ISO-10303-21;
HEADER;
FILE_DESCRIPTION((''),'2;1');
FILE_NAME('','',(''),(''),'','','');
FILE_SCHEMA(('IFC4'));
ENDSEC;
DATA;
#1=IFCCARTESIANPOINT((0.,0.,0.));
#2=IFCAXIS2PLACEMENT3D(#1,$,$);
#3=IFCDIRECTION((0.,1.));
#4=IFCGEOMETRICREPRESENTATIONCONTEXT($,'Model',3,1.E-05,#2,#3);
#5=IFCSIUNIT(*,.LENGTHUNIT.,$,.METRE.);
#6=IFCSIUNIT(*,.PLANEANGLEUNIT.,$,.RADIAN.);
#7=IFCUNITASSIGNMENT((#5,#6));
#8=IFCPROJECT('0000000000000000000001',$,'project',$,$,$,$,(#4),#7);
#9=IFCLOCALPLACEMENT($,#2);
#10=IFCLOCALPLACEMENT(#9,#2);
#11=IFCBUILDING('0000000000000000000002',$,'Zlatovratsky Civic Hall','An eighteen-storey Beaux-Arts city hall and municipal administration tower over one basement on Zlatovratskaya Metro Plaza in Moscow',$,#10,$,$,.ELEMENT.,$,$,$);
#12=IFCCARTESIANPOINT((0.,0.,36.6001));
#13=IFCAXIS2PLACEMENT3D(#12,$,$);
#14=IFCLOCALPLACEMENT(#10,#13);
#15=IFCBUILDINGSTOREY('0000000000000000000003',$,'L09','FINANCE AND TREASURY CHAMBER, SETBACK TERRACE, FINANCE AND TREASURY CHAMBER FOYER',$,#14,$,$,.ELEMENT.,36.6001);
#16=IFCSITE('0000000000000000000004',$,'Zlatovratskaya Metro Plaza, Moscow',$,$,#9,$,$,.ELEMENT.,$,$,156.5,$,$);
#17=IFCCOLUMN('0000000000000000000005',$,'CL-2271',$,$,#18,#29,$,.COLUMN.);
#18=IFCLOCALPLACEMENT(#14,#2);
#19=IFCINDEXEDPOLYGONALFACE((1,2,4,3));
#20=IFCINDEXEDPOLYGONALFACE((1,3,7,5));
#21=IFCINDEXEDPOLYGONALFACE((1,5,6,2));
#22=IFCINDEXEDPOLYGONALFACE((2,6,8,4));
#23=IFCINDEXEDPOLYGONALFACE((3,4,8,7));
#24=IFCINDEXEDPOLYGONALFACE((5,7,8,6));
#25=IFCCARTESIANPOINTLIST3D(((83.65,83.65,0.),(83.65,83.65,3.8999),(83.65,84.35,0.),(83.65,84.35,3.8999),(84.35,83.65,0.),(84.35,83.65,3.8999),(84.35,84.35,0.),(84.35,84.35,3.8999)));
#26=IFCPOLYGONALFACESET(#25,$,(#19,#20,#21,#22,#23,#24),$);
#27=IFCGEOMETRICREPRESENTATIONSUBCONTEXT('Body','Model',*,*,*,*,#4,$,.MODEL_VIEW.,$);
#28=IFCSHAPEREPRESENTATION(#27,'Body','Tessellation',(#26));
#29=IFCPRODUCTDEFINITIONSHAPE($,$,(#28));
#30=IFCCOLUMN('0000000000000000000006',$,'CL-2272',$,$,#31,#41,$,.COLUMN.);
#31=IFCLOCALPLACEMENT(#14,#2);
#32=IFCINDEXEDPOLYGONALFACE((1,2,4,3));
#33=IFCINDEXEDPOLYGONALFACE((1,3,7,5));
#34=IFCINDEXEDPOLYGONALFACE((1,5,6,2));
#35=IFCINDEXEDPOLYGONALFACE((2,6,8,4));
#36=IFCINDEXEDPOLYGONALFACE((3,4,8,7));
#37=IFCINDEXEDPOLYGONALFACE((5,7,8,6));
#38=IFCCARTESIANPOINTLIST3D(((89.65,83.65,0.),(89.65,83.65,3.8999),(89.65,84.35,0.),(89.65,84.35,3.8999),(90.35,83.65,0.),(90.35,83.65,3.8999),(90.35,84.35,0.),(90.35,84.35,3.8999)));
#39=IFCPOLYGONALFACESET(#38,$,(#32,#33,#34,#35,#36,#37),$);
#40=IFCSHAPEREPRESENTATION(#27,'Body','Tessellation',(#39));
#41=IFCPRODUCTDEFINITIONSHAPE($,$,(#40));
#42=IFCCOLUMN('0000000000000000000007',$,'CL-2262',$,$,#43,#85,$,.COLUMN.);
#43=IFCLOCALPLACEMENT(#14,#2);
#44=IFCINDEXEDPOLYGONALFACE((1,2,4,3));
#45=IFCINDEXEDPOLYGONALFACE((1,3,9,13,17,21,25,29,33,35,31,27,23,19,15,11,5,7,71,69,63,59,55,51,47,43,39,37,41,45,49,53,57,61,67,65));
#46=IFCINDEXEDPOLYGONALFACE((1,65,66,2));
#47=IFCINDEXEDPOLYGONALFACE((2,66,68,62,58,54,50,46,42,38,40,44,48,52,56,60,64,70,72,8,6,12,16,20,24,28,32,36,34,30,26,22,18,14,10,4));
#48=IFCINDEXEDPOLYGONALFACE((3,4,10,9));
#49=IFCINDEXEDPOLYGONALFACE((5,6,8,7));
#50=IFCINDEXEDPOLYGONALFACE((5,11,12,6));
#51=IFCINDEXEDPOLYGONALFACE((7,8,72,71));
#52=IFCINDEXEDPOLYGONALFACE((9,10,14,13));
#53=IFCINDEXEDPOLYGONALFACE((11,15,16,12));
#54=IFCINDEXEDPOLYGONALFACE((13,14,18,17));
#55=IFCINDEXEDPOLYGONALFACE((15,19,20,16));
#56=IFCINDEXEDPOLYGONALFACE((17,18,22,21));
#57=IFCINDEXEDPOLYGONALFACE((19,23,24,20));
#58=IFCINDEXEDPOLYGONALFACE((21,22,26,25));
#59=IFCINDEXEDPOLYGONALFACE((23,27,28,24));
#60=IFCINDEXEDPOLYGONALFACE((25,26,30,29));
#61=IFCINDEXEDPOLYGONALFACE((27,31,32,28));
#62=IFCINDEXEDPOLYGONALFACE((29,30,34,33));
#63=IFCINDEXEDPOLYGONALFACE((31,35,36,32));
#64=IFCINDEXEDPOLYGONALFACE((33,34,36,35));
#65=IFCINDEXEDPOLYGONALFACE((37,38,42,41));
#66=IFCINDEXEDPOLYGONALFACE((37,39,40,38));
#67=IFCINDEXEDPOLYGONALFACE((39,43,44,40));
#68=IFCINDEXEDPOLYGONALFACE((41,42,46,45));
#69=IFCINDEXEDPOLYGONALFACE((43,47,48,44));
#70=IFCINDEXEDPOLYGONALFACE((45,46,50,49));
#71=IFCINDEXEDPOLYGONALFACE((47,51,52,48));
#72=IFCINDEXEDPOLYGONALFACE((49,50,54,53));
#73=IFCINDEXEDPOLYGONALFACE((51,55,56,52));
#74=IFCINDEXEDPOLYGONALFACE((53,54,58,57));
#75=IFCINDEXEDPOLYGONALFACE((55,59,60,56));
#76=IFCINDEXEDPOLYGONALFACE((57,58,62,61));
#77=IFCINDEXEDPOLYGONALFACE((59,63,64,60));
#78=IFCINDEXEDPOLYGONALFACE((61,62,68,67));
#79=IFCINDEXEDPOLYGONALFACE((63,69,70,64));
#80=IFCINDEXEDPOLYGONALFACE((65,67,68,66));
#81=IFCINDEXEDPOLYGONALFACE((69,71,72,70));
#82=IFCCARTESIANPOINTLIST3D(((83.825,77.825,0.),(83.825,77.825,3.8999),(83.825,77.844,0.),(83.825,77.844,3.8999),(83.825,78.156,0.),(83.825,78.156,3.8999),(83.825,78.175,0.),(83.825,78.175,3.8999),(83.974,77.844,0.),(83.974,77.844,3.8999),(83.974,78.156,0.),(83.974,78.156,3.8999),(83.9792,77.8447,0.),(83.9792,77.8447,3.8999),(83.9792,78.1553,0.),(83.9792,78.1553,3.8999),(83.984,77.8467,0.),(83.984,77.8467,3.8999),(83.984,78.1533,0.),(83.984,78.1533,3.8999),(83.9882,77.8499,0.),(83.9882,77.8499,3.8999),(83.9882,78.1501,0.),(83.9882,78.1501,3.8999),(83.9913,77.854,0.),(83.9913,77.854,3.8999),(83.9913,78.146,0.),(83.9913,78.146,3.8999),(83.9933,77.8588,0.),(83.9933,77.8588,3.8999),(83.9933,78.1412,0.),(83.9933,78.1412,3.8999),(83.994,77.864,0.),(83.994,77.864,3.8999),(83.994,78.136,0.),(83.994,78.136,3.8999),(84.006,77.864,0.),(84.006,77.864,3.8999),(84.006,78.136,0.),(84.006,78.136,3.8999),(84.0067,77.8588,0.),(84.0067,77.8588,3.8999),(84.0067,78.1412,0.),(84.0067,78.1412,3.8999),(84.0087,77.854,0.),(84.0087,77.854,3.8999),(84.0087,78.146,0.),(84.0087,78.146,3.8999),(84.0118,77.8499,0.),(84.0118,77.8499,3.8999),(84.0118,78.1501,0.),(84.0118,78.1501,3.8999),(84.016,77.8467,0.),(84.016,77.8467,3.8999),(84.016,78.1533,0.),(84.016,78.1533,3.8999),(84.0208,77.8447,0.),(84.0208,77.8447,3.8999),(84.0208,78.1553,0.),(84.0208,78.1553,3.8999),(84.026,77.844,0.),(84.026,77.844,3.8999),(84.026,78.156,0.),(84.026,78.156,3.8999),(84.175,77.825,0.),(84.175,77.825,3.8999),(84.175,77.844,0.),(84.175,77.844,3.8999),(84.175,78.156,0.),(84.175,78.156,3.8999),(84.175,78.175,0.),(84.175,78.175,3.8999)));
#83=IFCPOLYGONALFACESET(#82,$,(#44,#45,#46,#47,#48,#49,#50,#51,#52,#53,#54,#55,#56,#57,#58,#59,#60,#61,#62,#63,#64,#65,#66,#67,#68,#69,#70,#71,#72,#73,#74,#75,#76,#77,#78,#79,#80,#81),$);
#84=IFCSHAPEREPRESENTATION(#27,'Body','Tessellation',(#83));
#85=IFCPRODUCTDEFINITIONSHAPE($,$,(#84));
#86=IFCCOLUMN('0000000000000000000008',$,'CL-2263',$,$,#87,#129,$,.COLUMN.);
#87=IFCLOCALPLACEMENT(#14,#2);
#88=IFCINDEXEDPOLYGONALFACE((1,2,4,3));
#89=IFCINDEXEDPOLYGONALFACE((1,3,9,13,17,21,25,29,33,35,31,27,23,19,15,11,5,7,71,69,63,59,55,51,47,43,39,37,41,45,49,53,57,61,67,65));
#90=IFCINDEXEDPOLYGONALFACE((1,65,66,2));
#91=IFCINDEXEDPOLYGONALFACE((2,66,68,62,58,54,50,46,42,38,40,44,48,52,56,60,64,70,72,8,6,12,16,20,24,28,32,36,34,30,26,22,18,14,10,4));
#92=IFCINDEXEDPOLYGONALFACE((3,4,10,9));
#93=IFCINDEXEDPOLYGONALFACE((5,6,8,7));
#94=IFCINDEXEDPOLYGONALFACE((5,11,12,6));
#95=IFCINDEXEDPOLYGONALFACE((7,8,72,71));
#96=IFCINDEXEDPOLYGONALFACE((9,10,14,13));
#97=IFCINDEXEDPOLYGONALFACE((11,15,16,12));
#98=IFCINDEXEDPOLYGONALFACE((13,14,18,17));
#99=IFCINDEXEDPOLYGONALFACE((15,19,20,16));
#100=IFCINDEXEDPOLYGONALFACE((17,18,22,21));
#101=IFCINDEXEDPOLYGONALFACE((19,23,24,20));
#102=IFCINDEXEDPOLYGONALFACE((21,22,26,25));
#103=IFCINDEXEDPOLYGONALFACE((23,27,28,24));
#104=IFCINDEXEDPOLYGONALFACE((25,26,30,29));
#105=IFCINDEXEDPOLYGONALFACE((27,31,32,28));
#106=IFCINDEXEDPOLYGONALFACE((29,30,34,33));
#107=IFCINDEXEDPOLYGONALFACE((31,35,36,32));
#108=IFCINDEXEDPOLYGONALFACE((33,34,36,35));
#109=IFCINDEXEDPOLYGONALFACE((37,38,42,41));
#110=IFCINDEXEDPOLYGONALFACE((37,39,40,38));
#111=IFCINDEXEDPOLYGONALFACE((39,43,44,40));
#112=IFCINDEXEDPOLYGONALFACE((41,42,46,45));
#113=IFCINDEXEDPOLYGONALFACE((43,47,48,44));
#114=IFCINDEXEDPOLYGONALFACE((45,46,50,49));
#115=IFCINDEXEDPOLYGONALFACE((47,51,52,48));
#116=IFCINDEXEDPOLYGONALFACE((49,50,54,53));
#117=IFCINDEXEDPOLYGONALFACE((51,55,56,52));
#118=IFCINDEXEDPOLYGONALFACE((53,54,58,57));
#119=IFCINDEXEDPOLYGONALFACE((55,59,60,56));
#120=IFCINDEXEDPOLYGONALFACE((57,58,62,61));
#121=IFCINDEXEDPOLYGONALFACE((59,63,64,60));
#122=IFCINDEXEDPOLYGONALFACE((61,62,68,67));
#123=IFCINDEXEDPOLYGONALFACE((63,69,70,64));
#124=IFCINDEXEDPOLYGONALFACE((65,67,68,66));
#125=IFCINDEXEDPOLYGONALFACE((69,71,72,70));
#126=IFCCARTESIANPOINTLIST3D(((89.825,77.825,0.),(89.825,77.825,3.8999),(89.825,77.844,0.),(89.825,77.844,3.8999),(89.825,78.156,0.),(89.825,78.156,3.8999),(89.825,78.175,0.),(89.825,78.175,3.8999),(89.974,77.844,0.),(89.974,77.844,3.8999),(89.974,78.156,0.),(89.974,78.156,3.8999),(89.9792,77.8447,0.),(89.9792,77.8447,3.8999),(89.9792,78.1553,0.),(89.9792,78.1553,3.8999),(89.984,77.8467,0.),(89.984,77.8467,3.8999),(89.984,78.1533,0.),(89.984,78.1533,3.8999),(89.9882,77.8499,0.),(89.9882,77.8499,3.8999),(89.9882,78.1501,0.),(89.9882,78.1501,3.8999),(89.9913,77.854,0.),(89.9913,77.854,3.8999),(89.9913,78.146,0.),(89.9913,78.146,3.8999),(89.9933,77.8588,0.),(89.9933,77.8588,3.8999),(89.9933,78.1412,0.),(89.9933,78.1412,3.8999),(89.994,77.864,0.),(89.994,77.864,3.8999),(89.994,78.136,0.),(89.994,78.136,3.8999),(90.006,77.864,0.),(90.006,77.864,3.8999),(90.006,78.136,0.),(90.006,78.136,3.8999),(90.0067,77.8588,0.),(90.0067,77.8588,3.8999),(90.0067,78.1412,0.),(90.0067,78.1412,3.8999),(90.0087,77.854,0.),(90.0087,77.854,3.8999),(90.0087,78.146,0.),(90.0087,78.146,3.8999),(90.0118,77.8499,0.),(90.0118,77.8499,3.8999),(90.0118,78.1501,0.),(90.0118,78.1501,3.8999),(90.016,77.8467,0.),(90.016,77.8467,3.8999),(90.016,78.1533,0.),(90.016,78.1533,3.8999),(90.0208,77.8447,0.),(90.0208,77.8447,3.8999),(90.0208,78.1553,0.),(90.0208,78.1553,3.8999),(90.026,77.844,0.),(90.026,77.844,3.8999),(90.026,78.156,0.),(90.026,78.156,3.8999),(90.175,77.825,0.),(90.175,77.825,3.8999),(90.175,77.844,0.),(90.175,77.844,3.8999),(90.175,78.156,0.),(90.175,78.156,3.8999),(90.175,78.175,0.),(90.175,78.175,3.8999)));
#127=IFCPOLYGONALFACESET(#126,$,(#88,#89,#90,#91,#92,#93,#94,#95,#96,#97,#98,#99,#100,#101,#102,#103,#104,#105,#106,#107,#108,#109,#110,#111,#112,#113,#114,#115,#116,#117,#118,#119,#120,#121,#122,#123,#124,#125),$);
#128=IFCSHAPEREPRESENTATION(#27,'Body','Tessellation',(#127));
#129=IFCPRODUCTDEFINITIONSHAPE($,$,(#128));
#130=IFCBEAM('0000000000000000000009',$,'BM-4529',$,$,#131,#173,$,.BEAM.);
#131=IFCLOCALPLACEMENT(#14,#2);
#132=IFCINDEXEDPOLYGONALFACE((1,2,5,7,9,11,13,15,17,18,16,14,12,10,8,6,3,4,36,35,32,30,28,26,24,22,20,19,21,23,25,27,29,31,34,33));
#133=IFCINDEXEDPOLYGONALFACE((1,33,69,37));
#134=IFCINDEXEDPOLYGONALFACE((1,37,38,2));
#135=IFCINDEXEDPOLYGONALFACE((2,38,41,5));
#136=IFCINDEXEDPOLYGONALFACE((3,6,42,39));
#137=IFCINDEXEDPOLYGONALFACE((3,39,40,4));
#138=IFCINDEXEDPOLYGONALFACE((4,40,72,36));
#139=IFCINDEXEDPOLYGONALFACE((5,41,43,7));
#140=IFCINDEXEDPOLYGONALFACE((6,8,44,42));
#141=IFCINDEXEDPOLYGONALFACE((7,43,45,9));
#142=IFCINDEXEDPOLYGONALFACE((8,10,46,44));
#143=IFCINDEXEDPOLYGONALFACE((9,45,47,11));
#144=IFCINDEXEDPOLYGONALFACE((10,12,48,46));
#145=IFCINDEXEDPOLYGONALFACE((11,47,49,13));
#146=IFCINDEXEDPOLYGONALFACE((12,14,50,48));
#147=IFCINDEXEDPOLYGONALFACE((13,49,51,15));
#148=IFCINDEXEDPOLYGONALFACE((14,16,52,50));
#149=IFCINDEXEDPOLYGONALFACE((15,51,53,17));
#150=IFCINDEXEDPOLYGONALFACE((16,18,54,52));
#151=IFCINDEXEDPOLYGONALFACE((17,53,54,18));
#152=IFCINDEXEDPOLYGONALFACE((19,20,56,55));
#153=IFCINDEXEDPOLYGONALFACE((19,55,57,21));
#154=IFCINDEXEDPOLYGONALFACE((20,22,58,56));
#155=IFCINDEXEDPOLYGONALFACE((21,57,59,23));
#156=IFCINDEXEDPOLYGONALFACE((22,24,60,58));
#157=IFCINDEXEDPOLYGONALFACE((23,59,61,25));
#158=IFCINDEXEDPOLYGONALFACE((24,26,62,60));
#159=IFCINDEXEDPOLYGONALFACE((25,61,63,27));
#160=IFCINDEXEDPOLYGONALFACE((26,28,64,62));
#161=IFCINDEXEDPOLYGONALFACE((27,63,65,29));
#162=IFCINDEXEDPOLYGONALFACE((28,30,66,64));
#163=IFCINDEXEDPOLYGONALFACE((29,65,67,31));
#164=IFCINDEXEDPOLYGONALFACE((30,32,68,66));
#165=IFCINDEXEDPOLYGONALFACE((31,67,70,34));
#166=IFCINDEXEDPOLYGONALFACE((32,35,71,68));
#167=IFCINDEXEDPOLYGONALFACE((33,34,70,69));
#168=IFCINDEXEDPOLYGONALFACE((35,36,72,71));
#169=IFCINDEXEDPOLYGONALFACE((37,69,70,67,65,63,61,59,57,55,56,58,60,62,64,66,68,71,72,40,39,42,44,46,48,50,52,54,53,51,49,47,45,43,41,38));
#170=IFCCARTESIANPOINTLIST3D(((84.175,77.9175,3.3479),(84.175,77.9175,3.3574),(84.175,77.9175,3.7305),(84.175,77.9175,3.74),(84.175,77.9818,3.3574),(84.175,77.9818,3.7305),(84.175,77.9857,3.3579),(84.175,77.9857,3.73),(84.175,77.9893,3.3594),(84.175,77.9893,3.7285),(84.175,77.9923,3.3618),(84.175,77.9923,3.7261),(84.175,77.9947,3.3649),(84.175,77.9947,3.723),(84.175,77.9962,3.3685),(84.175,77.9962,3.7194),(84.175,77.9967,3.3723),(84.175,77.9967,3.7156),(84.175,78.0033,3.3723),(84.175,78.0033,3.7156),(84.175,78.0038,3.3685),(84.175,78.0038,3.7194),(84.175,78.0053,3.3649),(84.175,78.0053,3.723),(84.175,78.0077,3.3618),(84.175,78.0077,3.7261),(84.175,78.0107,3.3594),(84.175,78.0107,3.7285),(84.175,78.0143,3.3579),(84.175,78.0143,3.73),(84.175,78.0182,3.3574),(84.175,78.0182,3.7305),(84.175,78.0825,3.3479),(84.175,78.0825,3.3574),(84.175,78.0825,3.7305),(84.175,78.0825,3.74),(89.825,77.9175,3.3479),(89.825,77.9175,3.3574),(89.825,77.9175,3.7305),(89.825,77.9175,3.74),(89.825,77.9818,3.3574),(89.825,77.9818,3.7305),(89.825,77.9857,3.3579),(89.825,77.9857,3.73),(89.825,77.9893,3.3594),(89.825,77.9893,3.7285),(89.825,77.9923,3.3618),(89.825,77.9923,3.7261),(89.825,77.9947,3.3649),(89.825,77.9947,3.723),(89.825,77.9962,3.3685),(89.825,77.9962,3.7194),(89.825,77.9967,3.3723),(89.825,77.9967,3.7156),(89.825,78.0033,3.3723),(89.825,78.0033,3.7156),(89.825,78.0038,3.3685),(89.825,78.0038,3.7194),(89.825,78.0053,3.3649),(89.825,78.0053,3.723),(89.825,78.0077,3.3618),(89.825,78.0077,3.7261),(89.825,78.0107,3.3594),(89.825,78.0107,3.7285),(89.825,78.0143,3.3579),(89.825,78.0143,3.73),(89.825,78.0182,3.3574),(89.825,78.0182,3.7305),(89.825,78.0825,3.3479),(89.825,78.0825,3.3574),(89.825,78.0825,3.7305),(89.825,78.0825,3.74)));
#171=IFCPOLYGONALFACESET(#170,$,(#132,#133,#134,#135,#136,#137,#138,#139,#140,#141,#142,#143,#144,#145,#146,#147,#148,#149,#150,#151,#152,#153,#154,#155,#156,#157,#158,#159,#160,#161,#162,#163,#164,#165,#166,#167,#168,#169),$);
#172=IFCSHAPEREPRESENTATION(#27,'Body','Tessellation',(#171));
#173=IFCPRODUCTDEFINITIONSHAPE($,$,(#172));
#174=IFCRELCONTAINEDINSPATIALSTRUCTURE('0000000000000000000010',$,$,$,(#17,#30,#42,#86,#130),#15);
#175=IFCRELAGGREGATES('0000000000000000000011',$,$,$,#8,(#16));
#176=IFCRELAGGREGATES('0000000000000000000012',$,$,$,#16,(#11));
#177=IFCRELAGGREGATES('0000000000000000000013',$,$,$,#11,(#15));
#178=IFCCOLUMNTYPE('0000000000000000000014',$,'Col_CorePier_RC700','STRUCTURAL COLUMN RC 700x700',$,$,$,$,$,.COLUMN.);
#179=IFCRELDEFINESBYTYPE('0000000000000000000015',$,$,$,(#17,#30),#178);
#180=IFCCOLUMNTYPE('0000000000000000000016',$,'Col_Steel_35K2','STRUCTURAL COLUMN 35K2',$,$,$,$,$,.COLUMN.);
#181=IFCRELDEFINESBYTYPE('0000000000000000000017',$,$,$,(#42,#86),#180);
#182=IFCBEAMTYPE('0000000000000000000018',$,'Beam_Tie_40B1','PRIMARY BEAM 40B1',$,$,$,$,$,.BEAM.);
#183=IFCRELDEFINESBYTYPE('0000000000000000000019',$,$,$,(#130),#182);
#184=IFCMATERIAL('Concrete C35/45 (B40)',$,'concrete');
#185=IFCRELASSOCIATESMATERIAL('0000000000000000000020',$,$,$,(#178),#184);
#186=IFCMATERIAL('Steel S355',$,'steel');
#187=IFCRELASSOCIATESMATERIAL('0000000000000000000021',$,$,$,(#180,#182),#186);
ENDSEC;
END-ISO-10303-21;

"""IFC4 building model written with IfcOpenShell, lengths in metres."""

from ifc_helpers import new_model, si_unit, direction, frame, origin, origin_2d, place, context, subcontext, project, spatial, rectangle, i_section, extrude, material, material_profile, profile_set, type_object, element, save


model = new_model("IFC4")

# Units and contexts
model_context = context("Model", 3, precision=1e-05, world=origin(), true_north=direction((0.0, 1.0)))
body_context = subcontext(model_context, "Body", "Model", "MODEL_VIEW")
ifc_project = project(units=[si_unit("LENGTHUNIT", "METRE"), si_unit("PLANEANGLEUNIT", "RADIAN")], contexts=[model_context])

# Site, building, storey
site_placement = place(None, origin())
site = spatial("IfcSite", under=ifc_project, at=site_placement, Name="Zlatovratskaya Metro Plaza, Moscow", CompositionType="ELEMENT", RefElevation=156.5)
building_placement = place(site_placement, origin())
building = spatial("IfcBuilding", under=site, at=building_placement, Name="Zlatovratsky Civic Hall", Description="An eighteen-storey Beaux-Arts city hall and municipal administration tower over one basement on Zlatovratskaya Metro Plaza in Moscow", CompositionType="ELEMENT")
storey_placement = place(building_placement, frame((0.0, 0.0, 36.6001)))
storey = spatial("IfcBuildingStorey", under=building, at=storey_placement, Name="L09", Description="FINANCE AND TREASURY CHAMBER, SETBACK TERRACE, FINANCE AND TREASURY CHAMBER FOYER", CompositionType="ELEMENT", Elevation=36.6001)

# Columns
ifc_material_1 = material(Name="Concrete C35/45 (B40)", Category="concrete")
ifc_material_profile_1 = material_profile(ifc_material_1, rectangle(XDim=0.7, YDim=0.7, at=origin_2d()), Name="RC 700x700")
ifc_profile_set_1 = profile_set([ifc_material_profile_1], Name="Concrete C35/45 (B40)")
column_type_1 = type_object("IfcColumnType", Name="Col_CorePier_RC700", Description="STRUCTURAL COLUMN RC 700x700", PredefinedType="COLUMN", material=ifc_profile_set_1)
for number, where, z_axis, x_axis, name in (
    (1, (84.0, 84.0, 0.0), (0.0, 0.0, 1.0), (1.0, 0.0, 0.0), "CL-2271"),
    (2, (90.0, 84.0, 0.0), (0.0, 0.0, 1.0), (1.0, 0.0, 0.0), "CL-2272"),
):
    element("IfcColumn", number, at=place(storey_placement, frame(where, z_axis=z_axis, x_axis=x_axis)), inside=storey, type_object=column_type_1, Name=name, PredefinedType="COLUMN", context=body_context, shape_type="SweptSolid", body=[
        extrude(rectangle(XDim=0.7, YDim=0.7, at=origin_2d()), origin(), (0.0, 0.0, 1.0), 3.8999),
    ])
ifc_material_2 = material(Name="Steel S355", Category="steel")
ifc_material_profile_2 = material_profile(ifc_material_2, i_section(OverallWidth=0.3501, OverallDepth=0.3501, WebThickness=0.012, FlangeThickness=0.019, FilletRadius=0.02, at=origin_2d()), Name="35K2")
ifc_profile_set_2 = profile_set([ifc_material_profile_2], Name="Steel S355")
column_type_2 = type_object("IfcColumnType", Name="Col_Steel_35K2", Description="STRUCTURAL COLUMN 35K2", PredefinedType="COLUMN", material=ifc_profile_set_2)
for number, where, z_axis, x_axis, name in (
    (3, (84.0, 78.0, 0.0), (0.0, 0.0, 1.0), (1.0, 0.0, 0.0), "CL-2262"),
    (4, (90.0, 78.0, 0.0), (0.0, 0.0, 1.0), (1.0, 0.0, 0.0), "CL-2263"),
):
    element("IfcColumn", number, at=place(storey_placement, frame(where, z_axis=z_axis, x_axis=x_axis)), inside=storey, type_object=column_type_2, Name=name, PredefinedType="COLUMN", context=body_context, shape_type="SweptSolid", body=[
        extrude(i_section(OverallWidth=0.3501, OverallDepth=0.3501, WebThickness=0.012, FlangeThickness=0.019, FilletRadius=0.02, at=origin_2d()), origin(), (0.0, 0.0, 1.0), 3.8999),
    ])

# Beam
ifc_material_profile_3 = material_profile(ifc_material_2, i_section(OverallWidth=0.165, OverallDepth=0.3921, WebThickness=0.0066, FlangeThickness=0.0095, FilletRadius=0.0149, at=origin_2d()), Name="40B1")
ifc_profile_set_3 = profile_set([ifc_material_profile_3], Name="Steel S355")
beam_type = type_object("IfcBeamType", Name="Beam_Tie_40B1", Description="PRIMARY BEAM 40B1", PredefinedType="BEAM", material=ifc_profile_set_3)
for number, where, z_axis, x_axis, name in (
    (5, (84.175, 78.0, 3.5439), (1.0, 0.0, 0.0), (0.0, 1.0, 0.0), "BM-4529"),
):
    element("IfcBeam", number, at=place(storey_placement, frame(where, z_axis=z_axis, x_axis=x_axis)), inside=storey, type_object=beam_type, Name=name, PredefinedType="BEAM", context=body_context, shape_type="SweptSolid", body=[
        extrude(i_section(OverallWidth=0.165, OverallDepth=0.3921, WebThickness=0.0066, FlangeThickness=0.0095, FilletRadius=0.0149, at=origin_2d()), origin(), (0.0, 0.0, 1.0), 5.6499),
    ])

save(model, "model.ifc")
